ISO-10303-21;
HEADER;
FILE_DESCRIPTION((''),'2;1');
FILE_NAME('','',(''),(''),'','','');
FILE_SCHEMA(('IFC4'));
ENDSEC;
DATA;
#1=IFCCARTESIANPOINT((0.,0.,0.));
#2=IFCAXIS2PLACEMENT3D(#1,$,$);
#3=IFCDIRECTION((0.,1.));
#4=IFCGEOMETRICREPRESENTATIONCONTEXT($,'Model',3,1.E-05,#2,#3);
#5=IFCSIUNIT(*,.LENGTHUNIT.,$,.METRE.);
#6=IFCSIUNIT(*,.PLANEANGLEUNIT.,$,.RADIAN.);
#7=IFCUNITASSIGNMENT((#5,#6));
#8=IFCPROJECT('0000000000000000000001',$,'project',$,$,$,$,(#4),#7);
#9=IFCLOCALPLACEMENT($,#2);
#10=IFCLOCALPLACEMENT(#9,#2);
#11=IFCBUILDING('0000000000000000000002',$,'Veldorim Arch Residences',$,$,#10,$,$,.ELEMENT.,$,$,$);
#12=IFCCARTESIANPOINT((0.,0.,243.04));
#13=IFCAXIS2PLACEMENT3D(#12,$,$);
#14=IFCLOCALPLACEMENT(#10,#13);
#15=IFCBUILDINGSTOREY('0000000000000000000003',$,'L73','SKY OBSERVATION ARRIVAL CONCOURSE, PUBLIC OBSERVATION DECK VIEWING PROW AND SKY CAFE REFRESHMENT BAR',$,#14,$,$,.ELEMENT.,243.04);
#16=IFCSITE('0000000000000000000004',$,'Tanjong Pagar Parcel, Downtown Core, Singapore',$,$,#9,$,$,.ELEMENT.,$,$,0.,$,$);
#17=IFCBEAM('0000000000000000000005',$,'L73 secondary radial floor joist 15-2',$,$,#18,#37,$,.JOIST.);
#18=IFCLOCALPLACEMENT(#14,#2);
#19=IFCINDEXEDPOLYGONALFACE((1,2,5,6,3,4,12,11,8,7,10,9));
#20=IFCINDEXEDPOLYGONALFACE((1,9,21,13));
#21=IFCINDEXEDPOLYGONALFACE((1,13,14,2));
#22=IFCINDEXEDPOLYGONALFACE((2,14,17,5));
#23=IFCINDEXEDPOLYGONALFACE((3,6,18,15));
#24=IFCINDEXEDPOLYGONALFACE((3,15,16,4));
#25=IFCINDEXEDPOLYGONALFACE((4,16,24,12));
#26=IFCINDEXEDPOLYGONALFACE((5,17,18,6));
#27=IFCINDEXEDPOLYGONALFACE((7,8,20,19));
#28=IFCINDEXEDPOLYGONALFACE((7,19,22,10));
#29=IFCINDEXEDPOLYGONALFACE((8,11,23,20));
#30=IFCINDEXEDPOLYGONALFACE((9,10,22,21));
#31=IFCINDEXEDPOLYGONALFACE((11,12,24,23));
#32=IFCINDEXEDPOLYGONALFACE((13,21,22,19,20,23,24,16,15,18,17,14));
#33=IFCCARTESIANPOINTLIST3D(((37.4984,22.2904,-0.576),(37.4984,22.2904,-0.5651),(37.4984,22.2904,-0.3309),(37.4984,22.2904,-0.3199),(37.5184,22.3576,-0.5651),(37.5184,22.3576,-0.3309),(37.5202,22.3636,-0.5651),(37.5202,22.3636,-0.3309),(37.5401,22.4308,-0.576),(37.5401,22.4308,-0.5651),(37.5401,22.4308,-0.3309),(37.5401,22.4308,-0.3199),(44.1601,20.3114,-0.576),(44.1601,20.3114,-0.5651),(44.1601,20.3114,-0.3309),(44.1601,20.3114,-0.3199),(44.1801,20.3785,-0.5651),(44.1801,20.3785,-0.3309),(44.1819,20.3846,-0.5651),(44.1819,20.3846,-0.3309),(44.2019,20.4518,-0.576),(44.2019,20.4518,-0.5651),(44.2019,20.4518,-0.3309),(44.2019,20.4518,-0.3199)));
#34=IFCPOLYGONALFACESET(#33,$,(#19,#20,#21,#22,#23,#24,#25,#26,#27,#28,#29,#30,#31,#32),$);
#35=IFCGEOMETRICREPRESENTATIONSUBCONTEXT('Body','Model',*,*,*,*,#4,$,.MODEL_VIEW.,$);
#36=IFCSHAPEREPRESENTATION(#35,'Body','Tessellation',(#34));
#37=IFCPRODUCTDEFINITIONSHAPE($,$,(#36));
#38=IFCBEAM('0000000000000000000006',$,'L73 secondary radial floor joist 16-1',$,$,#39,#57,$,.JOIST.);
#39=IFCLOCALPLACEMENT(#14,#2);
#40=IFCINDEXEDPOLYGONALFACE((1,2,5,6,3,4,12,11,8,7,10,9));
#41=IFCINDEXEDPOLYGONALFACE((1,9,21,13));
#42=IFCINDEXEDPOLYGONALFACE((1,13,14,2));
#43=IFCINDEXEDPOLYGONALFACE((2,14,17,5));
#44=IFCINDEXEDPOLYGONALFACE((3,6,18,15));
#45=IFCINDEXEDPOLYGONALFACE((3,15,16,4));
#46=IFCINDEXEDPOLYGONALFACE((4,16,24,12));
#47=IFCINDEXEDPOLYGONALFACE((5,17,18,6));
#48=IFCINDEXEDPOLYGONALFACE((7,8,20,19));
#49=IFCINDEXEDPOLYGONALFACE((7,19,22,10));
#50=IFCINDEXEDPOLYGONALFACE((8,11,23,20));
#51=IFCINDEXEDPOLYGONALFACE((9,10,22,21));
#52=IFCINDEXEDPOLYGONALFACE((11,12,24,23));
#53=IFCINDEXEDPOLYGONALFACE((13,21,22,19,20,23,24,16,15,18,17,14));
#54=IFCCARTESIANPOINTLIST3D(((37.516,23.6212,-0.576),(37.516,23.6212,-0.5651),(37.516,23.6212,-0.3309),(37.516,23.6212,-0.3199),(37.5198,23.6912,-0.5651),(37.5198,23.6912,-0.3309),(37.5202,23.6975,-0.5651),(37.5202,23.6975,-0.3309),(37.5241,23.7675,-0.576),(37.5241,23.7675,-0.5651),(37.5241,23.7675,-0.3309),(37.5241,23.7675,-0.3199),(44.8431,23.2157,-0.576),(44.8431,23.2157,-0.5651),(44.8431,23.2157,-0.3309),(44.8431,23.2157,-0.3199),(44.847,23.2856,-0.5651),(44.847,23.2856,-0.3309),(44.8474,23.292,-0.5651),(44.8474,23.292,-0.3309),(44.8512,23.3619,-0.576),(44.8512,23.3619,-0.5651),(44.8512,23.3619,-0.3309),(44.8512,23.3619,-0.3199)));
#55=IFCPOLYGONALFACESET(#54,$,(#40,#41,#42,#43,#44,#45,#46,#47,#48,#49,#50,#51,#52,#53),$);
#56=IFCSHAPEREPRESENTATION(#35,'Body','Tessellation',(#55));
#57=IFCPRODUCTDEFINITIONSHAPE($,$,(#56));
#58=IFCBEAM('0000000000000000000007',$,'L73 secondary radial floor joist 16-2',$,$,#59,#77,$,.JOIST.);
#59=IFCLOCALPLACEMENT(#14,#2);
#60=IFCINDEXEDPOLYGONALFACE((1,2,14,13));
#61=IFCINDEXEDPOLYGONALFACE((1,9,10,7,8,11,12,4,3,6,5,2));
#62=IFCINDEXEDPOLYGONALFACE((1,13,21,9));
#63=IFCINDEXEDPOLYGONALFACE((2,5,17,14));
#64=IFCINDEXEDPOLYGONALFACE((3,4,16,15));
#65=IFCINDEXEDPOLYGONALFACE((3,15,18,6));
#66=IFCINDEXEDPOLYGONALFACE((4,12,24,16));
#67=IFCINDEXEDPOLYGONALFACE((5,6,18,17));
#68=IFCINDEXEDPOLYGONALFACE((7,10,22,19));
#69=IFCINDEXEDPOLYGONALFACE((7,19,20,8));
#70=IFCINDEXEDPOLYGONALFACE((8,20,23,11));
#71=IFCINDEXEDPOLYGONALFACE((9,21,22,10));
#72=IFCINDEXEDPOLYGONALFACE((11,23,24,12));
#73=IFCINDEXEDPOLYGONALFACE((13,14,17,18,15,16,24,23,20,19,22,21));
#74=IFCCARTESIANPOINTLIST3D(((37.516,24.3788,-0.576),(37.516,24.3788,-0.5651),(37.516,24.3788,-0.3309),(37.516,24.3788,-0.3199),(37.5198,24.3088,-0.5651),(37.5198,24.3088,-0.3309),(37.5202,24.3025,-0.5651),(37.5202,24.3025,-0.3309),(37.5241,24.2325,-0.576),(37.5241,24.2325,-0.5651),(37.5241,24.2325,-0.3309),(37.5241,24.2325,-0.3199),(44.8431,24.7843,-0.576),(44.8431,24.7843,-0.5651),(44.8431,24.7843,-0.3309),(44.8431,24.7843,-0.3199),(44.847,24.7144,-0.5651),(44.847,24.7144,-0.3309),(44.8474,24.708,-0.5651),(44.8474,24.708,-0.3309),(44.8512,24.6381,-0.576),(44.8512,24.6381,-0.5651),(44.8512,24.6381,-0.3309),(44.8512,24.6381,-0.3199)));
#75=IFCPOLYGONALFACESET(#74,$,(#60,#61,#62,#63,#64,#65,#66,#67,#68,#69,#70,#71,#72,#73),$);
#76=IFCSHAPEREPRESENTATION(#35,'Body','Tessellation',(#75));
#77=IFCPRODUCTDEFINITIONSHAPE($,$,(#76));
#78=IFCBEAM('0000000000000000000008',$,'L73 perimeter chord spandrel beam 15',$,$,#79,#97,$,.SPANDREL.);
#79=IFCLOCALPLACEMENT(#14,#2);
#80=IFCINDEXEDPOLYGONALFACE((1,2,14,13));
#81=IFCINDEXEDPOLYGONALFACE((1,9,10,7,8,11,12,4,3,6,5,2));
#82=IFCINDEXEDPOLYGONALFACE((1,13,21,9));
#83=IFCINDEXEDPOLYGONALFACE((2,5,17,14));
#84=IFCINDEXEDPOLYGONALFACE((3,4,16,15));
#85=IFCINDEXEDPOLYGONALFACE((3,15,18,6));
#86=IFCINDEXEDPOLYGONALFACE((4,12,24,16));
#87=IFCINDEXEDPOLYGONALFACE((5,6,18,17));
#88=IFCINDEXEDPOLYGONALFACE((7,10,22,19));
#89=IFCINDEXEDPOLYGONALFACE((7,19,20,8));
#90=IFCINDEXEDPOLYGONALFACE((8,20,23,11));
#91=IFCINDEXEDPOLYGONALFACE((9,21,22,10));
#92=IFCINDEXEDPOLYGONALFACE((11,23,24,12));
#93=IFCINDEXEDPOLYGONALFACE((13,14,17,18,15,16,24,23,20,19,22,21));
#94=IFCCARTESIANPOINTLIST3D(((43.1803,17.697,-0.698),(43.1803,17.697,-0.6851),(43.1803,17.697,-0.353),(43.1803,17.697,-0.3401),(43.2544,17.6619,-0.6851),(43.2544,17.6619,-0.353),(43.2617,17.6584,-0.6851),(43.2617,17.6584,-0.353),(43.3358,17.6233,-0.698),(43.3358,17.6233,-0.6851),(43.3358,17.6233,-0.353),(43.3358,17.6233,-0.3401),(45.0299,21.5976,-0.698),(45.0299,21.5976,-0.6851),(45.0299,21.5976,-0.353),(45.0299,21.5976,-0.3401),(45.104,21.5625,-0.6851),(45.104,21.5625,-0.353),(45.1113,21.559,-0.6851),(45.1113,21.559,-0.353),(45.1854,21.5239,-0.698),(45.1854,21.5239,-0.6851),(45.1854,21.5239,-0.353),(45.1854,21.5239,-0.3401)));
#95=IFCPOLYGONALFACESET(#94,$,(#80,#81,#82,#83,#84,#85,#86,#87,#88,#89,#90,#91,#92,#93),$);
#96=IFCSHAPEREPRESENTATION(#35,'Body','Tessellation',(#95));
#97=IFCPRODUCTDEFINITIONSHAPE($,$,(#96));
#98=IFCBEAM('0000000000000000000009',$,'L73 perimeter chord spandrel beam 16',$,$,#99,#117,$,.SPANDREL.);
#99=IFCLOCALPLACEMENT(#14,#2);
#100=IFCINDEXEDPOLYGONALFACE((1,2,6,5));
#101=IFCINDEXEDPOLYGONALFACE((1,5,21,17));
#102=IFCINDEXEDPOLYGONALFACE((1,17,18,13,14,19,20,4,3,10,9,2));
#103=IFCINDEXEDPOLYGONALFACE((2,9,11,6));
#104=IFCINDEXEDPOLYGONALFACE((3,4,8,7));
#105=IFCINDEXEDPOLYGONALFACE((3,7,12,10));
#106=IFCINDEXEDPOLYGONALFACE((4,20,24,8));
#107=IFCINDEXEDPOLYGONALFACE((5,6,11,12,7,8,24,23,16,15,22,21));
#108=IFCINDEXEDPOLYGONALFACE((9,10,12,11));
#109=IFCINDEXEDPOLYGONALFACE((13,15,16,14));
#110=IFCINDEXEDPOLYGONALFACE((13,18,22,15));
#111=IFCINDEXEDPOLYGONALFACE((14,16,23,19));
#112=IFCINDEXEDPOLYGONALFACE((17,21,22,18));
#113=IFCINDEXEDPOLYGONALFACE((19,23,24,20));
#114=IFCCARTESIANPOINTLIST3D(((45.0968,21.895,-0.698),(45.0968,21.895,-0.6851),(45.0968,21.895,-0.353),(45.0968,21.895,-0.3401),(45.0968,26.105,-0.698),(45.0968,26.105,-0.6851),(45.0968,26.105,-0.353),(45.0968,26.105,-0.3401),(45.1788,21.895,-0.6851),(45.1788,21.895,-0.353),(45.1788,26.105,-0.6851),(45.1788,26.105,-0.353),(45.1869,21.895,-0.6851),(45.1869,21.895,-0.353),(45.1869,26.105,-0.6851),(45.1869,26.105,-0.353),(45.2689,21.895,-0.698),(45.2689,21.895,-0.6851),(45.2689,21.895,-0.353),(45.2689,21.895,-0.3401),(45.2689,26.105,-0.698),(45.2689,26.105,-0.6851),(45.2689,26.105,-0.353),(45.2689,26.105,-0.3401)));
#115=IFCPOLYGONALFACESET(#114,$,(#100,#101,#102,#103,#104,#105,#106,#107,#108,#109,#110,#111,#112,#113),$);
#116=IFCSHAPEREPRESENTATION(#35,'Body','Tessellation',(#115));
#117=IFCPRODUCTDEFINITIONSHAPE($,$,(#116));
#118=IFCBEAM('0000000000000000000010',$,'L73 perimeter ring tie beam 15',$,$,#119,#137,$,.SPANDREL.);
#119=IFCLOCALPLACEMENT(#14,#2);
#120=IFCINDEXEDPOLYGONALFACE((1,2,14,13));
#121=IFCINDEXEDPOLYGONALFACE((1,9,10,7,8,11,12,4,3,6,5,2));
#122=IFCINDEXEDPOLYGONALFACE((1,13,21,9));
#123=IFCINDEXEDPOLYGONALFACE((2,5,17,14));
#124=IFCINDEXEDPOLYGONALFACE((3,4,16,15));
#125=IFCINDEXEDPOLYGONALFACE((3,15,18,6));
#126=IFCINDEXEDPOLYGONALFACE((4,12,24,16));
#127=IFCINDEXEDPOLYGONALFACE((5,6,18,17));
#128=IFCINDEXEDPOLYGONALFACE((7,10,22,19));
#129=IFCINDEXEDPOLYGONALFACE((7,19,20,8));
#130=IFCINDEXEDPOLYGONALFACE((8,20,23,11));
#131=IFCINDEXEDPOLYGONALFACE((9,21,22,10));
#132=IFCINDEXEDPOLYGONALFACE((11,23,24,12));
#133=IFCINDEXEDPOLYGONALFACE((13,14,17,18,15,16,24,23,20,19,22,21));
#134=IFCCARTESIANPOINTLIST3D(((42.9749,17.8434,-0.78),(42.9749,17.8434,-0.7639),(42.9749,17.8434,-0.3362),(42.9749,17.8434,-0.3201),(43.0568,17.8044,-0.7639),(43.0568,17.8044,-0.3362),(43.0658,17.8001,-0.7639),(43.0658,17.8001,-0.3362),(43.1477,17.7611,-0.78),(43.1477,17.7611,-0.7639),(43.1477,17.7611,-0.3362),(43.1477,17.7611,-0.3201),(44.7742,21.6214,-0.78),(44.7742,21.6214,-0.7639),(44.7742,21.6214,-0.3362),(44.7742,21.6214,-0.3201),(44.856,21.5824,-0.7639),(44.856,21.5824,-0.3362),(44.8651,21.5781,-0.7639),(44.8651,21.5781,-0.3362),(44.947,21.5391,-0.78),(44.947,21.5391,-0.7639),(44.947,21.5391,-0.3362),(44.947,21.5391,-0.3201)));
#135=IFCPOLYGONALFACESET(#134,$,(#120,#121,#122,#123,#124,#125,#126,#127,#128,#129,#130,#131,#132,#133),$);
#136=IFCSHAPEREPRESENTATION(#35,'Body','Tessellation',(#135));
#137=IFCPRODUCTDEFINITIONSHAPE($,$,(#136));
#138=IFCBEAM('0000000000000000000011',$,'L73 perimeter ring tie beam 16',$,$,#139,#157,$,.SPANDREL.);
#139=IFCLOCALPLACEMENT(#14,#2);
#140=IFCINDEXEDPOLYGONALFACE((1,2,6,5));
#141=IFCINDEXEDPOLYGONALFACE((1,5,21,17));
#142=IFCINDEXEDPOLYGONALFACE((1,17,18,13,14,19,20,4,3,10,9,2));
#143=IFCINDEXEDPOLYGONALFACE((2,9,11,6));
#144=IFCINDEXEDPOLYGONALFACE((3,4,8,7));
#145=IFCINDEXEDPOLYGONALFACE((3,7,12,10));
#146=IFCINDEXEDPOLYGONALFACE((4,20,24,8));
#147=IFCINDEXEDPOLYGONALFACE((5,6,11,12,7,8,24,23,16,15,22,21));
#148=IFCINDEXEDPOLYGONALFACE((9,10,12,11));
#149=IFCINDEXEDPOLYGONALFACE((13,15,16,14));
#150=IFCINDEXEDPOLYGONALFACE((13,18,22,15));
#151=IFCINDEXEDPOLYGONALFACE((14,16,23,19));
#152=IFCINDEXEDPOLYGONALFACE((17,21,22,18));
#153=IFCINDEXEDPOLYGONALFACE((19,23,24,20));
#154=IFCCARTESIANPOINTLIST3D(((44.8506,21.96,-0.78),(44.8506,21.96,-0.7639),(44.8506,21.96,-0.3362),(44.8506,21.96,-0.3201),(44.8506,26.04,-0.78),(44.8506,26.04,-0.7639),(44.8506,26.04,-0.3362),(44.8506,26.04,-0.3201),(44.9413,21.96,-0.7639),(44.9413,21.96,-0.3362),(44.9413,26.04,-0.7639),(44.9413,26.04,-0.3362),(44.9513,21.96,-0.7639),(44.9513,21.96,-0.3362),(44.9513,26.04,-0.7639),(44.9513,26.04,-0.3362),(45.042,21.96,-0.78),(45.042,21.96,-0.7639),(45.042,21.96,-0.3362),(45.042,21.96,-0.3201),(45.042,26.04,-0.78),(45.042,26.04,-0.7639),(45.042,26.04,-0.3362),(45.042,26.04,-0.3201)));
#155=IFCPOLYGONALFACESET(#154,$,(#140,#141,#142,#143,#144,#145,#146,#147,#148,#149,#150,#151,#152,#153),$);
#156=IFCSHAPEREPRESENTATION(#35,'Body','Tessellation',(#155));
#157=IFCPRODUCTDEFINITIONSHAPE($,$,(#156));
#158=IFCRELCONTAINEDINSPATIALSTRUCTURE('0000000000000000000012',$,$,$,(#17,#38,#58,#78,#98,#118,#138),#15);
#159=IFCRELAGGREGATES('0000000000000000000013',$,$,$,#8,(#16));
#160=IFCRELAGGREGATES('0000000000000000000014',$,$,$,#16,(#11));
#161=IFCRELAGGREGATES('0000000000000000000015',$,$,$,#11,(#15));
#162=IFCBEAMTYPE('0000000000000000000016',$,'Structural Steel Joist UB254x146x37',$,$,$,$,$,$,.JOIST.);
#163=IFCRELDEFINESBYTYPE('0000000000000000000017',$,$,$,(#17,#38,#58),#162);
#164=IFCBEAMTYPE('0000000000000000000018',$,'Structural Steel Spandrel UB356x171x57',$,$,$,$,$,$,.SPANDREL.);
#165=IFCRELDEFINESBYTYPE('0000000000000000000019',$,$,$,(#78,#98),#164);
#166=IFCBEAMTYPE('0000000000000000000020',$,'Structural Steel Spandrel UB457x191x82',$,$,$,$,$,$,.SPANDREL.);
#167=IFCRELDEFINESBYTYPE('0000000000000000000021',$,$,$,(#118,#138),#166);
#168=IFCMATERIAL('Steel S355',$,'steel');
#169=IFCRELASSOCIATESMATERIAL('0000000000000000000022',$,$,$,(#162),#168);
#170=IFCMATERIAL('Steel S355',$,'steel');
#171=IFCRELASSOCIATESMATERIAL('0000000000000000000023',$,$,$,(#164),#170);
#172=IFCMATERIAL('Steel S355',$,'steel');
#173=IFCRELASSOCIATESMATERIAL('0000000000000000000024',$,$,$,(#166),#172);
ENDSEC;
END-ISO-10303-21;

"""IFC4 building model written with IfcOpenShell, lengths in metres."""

from ifc_helpers import new_model, si_unit, direction, frame, origin, origin_2d, place, context, subcontext, project, spatial, i_section, extrude, material, material_profile, profile_set, type_object, element, save


model = new_model("IFC4")

# Units and contexts
model_context = context("Model", 3, precision=1e-05, world=origin(), true_north=direction((0.0, 1.0)))
body_context = subcontext(model_context, "Body", "Model", "MODEL_VIEW")
ifc_project = project(units=[si_unit("LENGTHUNIT", "METRE"), si_unit("PLANEANGLEUNIT", "RADIAN")], contexts=[model_context])

# Site, building, storey
site_placement = place(None, origin())
site = spatial("IfcSite", under=ifc_project, at=site_placement, Name="Tanjong Pagar Parcel, Downtown Core, Singapore", CompositionType="ELEMENT", RefElevation=0.0)
building_placement = place(site_placement, origin())
building = spatial("IfcBuilding", under=site, at=building_placement, Name="Veldorim Arch Residences", CompositionType="ELEMENT")
storey_placement = place(building_placement, frame((0.0, 0.0, 243.04)))
storey = spatial("IfcBuildingStorey", under=building, at=storey_placement, Name="L73", Description="SKY OBSERVATION ARRIVAL CONCOURSE, PUBLIC OBSERVATION DECK VIEWING PROW AND SKY CAFE REFRESHMENT BAR", CompositionType="ELEMENT", Elevation=243.04)

# Beams
ifc_material_1 = material(Name="Steel S355", Category="steel")
ifc_material_profile_1 = material_profile(ifc_material_1, i_section(OverallWidth=0.1465, OverallDepth=0.2561, WebThickness=0.0063, FlangeThickness=0.011, at=origin_2d()), Name="UB254x146x37")
ifc_profile_set_1 = profile_set([ifc_material_profile_1], Name="Steel S355")
beam_type_1 = type_object("IfcBeamType", Name="Structural Steel Joist UB254x146x37", PredefinedType="JOIST", material=ifc_profile_set_1)
beam_1_placement = place(storey_placement, frame((37.5193, 22.3606, -0.448), z_axis=(0.958594, -0.284775, 0.0), x_axis=(0.284775, 0.958594, 0.0)))
element("IfcBeam", 1, at=beam_1_placement, inside=storey, type_object=beam_type_1, Name="L73 secondary radial floor joist 15-2", PredefinedType="JOIST", context=body_context, shape_type="SweptSolid", body=[
    extrude(i_section(OverallWidth=0.1465, OverallDepth=0.2561, WebThickness=0.0063, FlangeThickness=0.011, at=origin_2d()), origin(), (0.0, 0.0, 1.0), 6.9495),
])
for number, where, z_axis, x_axis, name in (
    (2, (37.52, 23.6943, -0.448), (0.998472, -0.05526, 0.0), (0.05526, 0.998472, 0.0), "L73 secondary radial floor joist 16-1"),
    (3, (37.52, 24.3057, -0.448), (0.998472, 0.05526, 0.0), (-0.05526, 0.998472, 0.0), "L73 secondary radial floor joist 16-2"),
):
    element("IfcBeam", number, at=place(storey_placement, frame(where, z_axis=z_axis, x_axis=x_axis)), inside=storey, type_object=beam_type_1, Name=name, PredefinedType="JOIST", context=body_context, shape_type="SweptSolid", body=[
        extrude(i_section(OverallWidth=0.1465, OverallDepth=0.2561, WebThickness=0.0063, FlangeThickness=0.011, at=origin_2d()), origin(), (0.0, 0.0, 1.0), 7.3384),
    ])
ifc_material_2 = material(Name="Steel S355", Category="steel")
ifc_material_profile_2 = material_profile(ifc_material_2, i_section(OverallWidth=0.1721, OverallDepth=0.3579, WebThickness=0.0081, FlangeThickness=0.0129, at=origin_2d()), Name="UB356x171x57")
ifc_profile_set_2 = profile_set([ifc_material_profile_2], Name="Steel S355")
beam_type_2 = type_object("IfcBeamType", Name="Structural Steel Spandrel UB356x171x57", PredefinedType="SPANDREL", material=ifc_profile_set_2)
beam_2_placement = place(storey_placement, frame((43.2581, 17.6602, -0.519), z_axis=(0.428453, 0.903564, 0.0), x_axis=(-0.903564, 0.428453, 0.0)))
element("IfcBeam", 4, at=beam_2_placement, inside=storey, type_object=beam_type_2, Name="L73 perimeter chord spandrel beam 15", PredefinedType="SPANDREL", context=body_context, shape_type="SweptSolid", body=[
    extrude(i_section(OverallWidth=0.1721, OverallDepth=0.3579, WebThickness=0.0081, FlangeThickness=0.0129, at=origin_2d()), origin(), (0.0, 0.0, 1.0), 4.3169),
])
beam_3_placement = place(storey_placement, frame((45.1829, 21.895, -0.519), z_axis=(0.0, 1.0, 0.0), x_axis=(-1.0, 0.0, 0.0)))
element("IfcBeam", 5, at=beam_3_placement, inside=storey, type_object=beam_type_2, Name="L73 perimeter chord spandrel beam 16", PredefinedType="SPANDREL", context=body_context, shape_type="SweptSolid", body=[
    extrude(i_section(OverallWidth=0.1721, OverallDepth=0.3579, WebThickness=0.0081, FlangeThickness=0.0129, at=origin_2d()), origin(), (0.0, 0.0, 1.0), 4.21),
])
ifc_material_3 = material(Name="Steel S355", Category="steel")
ifc_material_profile_3 = material_profile(ifc_material_3, i_section(OverallWidth=0.1914, OverallDepth=0.46, WebThickness=0.01, FlangeThickness=0.0161, at=origin_2d()), Name="UB457x191x82")
ifc_profile_set_3 = profile_set([ifc_material_profile_3], Name="Steel S355")
beam_type_3 = type_object("IfcBeamType", Name="Structural Steel Spandrel UB457x191x82", PredefinedType="SPANDREL", material=ifc_profile_set_3)
beam_4_placement = place(storey_placement, frame((43.0613, 17.8022, -0.55), z_axis=(0.429979, 0.902839, 0.0), x_axis=(-0.902839, 0.429979, 0.0)))
element("IfcBeam", 6, at=beam_4_placement, inside=storey, type_object=beam_type_3, Name="L73 perimeter ring tie beam 15", PredefinedType="SPANDREL", context=body_context, shape_type="SweptSolid", body=[
    extrude(i_section(OverallWidth=0.1914, OverallDepth=0.46, WebThickness=0.01, FlangeThickness=0.0161, at=origin_2d()), origin(), (0.0, 0.0, 1.0), 4.1846),
])
beam_5_placement = place(storey_placement, frame((44.9463, 21.96, -0.55), z_axis=(0.0, 1.0, 0.0), x_axis=(-1.0, 0.0, 0.0)))
element("IfcBeam", 7, at=beam_5_placement, inside=storey, type_object=beam_type_3, Name="L73 perimeter ring tie beam 16", PredefinedType="SPANDREL", context=body_context, shape_type="SweptSolid", body=[
    extrude(i_section(OverallWidth=0.1914, OverallDepth=0.46, WebThickness=0.01, FlangeThickness=0.0161, at=origin_2d()), origin(), (0.0, 0.0, 1.0), 4.0801),
])

save(model, "model.ifc")
